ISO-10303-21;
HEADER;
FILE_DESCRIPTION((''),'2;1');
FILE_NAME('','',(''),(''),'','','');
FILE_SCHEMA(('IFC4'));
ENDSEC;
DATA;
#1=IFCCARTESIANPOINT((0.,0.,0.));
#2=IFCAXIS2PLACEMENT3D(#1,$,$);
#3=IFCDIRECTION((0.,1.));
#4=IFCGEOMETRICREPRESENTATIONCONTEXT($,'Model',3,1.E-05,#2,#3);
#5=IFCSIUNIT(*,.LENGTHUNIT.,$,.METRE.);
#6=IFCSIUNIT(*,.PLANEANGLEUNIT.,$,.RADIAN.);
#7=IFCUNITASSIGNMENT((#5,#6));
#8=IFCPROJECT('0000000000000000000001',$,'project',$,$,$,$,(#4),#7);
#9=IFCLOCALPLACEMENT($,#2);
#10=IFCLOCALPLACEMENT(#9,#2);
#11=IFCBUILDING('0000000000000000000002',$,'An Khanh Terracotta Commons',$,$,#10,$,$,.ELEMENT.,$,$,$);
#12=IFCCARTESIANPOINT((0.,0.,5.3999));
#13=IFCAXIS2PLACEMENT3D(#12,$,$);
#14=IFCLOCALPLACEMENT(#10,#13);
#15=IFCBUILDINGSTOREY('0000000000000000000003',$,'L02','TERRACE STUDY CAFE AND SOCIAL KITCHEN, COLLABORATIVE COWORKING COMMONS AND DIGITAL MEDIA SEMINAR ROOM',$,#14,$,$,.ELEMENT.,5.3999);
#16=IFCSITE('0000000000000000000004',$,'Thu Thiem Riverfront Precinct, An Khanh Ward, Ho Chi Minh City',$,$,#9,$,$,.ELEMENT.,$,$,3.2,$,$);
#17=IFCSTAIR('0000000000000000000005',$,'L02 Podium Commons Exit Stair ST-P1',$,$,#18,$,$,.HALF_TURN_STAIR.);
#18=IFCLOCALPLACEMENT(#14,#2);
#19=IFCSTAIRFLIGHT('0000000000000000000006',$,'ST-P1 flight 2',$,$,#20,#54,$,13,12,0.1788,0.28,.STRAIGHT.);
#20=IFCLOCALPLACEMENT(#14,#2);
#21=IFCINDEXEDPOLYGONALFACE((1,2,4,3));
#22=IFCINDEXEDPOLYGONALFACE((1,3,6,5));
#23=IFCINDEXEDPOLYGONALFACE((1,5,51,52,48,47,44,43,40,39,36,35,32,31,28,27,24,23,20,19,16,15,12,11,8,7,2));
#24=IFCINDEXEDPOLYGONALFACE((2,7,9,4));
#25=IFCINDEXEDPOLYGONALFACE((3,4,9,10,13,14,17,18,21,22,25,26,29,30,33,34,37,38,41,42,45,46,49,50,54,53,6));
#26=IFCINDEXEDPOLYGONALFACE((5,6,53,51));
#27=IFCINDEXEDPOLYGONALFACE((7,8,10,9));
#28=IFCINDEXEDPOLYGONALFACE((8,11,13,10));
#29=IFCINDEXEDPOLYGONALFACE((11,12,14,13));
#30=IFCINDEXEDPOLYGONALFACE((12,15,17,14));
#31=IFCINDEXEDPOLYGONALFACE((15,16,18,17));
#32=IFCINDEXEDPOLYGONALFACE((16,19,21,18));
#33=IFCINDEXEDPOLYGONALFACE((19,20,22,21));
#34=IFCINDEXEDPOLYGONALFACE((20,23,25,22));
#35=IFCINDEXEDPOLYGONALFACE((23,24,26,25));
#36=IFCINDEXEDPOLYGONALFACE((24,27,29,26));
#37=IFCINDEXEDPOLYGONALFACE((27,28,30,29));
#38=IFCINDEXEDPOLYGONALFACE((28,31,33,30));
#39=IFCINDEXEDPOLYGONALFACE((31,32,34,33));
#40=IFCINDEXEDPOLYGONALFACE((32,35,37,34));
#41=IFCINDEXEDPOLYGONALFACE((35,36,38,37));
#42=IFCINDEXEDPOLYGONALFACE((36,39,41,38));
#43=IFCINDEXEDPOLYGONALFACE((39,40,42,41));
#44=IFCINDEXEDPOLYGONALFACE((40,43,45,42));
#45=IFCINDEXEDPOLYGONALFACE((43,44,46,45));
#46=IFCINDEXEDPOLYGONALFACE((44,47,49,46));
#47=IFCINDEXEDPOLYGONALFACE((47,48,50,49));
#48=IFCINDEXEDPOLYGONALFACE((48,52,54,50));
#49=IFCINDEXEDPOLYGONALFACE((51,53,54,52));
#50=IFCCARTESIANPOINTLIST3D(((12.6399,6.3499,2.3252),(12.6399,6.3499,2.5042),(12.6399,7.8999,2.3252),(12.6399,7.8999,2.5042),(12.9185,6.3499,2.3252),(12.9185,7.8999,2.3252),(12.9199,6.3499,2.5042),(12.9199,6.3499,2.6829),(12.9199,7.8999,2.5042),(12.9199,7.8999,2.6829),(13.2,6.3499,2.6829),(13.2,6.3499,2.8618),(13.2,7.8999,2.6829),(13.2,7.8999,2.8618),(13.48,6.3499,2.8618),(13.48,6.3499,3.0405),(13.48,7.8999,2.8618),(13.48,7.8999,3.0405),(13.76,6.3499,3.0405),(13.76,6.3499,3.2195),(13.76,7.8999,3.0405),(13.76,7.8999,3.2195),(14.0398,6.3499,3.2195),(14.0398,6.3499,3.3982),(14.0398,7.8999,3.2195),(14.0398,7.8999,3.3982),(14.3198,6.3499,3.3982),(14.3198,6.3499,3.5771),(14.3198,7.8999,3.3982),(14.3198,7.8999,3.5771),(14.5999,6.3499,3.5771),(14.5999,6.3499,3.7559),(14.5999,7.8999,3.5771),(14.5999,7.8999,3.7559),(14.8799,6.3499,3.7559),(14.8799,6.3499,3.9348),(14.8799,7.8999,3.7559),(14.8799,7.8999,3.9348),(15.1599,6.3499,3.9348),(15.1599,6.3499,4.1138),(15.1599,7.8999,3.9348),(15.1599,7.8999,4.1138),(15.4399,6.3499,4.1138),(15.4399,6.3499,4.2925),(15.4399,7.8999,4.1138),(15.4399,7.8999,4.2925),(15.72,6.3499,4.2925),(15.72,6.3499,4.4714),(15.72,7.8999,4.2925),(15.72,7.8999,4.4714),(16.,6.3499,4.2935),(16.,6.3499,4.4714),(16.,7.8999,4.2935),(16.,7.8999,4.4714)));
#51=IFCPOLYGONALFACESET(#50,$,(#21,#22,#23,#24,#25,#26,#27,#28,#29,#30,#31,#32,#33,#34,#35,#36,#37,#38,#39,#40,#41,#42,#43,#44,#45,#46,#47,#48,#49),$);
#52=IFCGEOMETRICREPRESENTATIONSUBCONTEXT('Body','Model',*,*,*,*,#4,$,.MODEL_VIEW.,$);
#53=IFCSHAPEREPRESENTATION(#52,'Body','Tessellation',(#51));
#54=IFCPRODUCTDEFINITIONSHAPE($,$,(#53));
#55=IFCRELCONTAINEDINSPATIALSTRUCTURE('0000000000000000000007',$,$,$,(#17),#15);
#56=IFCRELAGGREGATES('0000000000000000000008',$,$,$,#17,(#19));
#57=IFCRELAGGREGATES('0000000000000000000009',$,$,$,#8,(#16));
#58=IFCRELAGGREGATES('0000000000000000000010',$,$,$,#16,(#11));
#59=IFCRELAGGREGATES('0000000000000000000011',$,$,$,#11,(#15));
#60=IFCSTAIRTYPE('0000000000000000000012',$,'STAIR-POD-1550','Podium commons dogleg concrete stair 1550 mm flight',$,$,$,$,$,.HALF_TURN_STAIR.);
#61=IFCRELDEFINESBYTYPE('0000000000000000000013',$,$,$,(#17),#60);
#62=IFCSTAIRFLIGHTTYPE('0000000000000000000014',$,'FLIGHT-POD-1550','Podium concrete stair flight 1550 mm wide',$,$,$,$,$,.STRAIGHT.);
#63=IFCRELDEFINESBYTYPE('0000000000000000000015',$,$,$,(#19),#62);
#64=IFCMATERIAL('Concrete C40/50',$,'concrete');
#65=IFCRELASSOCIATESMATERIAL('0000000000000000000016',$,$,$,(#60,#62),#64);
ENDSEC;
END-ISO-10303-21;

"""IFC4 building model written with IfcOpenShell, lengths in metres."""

from ifc_helpers import new_model, si_unit, direction, frame, origin, place, context, subcontext, project, spatial, polyline, outline, extrude, material, type_object, element, aggregate, save


model = new_model("IFC4")

# Units and contexts
model_context = context("Model", 3, precision=1e-05, world=origin(), true_north=direction((0.0, 1.0)))
body_context = subcontext(model_context, "Body", "Model", "MODEL_VIEW")
ifc_project = project(units=[si_unit("LENGTHUNIT", "METRE"), si_unit("PLANEANGLEUNIT", "RADIAN")], contexts=[model_context])

# Site, building, storey
site_placement = place(None, origin())
site = spatial("IfcSite", under=ifc_project, at=site_placement, Name="Thu Thiem Riverfront Precinct, An Khanh Ward, Ho Chi Minh City", CompositionType="ELEMENT", RefElevation=3.2)
building_placement = place(site_placement, origin())
building = spatial("IfcBuilding", under=site, at=building_placement, Name="An Khanh Terracotta Commons", CompositionType="ELEMENT")
storey_placement = place(building_placement, frame((0.0, 0.0, 5.3999)))
storey = spatial("IfcBuildingStorey", under=building, at=storey_placement, Name="L02", Description="TERRACE STUDY CAFE AND SOCIAL KITCHEN, COLLABORATIVE COWORKING COMMONS AND DIGITAL MEDIA SEMINAR ROOM", CompositionType="ELEMENT", Elevation=5.3999)

# Stair, stair flight
ifc_material_1 = material(Name="Concrete C40/50", Category="concrete")
stair_type = type_object("IfcStairType", Name="STAIR-POD-1550", Description="Podium commons dogleg concrete stair 1550 mm flight", PredefinedType="HALF_TURN_STAIR", material=ifc_material_1)
stair_placement = place(storey_placement, origin())
stair = element("IfcStair", 1, at=stair_placement, inside=storey, type_object=stair_type, Name="L02 Podium Commons Exit Stair ST-P1", PredefinedType="HALF_TURN_STAIR")
stair_flight_type = type_object("IfcStairFlightType", Name="FLIGHT-POD-1550", Description="Podium concrete stair flight 1550 mm wide", PredefinedType="STRAIGHT", material=ifc_material_1)
stair_flight_1_placement = place(storey_placement, frame((12.6399, 7.125, 2.3252), z_axis=(0.0, 0.0, 1.0), x_axis=(1.0, 0.0, 0.0)))
stair_flight_1 = element("IfcStairFlight", 2, at=stair_flight_1_placement, type_object=stair_flight_type, Name="ST-P1 flight 2", NumberOfRisers=13, NumberOfTreads=12, PredefinedType="STRAIGHT", RiserHeight=0.1788, TreadLength=0.28, context=body_context, shape_type="SweptSolid", body=[
    extrude(outline(polyline([(0.0, 0.0), (0.0, 0.179), (0.28, 0.179), (0.28, 0.3577), (0.5601, 0.3577), (0.5601, 0.5366), (0.8401, 0.5366), (0.8401, 0.7153), (1.1201, 0.7153), (1.1201, 0.8943), (1.3999, 0.8943), (1.3999, 1.073), (1.6799, 1.073), (1.6799, 1.252), (1.96, 1.252), (1.96, 1.4307), (2.24, 1.4307), (2.24, 1.6096), (2.52, 1.6096), (2.52, 1.7886), (2.8, 1.7886), (2.8, 1.9673), (3.0801, 1.9673), (3.0801, 2.1462), (3.3601, 2.1462), (3.3601, 2.325), (3.3601, 1.9683), (0.2786, 0.0), (0.0, 0.0)])), frame((0.0, 0.7749, 0.0), z_axis=(0.0, -1.0, 0.0), x_axis=(1.0, 0.0, 0.0)), (0.0, 0.0, 1.0), 1.55),
])
aggregate(stair, [stair_flight_1])

save(model, "model.ifc")
